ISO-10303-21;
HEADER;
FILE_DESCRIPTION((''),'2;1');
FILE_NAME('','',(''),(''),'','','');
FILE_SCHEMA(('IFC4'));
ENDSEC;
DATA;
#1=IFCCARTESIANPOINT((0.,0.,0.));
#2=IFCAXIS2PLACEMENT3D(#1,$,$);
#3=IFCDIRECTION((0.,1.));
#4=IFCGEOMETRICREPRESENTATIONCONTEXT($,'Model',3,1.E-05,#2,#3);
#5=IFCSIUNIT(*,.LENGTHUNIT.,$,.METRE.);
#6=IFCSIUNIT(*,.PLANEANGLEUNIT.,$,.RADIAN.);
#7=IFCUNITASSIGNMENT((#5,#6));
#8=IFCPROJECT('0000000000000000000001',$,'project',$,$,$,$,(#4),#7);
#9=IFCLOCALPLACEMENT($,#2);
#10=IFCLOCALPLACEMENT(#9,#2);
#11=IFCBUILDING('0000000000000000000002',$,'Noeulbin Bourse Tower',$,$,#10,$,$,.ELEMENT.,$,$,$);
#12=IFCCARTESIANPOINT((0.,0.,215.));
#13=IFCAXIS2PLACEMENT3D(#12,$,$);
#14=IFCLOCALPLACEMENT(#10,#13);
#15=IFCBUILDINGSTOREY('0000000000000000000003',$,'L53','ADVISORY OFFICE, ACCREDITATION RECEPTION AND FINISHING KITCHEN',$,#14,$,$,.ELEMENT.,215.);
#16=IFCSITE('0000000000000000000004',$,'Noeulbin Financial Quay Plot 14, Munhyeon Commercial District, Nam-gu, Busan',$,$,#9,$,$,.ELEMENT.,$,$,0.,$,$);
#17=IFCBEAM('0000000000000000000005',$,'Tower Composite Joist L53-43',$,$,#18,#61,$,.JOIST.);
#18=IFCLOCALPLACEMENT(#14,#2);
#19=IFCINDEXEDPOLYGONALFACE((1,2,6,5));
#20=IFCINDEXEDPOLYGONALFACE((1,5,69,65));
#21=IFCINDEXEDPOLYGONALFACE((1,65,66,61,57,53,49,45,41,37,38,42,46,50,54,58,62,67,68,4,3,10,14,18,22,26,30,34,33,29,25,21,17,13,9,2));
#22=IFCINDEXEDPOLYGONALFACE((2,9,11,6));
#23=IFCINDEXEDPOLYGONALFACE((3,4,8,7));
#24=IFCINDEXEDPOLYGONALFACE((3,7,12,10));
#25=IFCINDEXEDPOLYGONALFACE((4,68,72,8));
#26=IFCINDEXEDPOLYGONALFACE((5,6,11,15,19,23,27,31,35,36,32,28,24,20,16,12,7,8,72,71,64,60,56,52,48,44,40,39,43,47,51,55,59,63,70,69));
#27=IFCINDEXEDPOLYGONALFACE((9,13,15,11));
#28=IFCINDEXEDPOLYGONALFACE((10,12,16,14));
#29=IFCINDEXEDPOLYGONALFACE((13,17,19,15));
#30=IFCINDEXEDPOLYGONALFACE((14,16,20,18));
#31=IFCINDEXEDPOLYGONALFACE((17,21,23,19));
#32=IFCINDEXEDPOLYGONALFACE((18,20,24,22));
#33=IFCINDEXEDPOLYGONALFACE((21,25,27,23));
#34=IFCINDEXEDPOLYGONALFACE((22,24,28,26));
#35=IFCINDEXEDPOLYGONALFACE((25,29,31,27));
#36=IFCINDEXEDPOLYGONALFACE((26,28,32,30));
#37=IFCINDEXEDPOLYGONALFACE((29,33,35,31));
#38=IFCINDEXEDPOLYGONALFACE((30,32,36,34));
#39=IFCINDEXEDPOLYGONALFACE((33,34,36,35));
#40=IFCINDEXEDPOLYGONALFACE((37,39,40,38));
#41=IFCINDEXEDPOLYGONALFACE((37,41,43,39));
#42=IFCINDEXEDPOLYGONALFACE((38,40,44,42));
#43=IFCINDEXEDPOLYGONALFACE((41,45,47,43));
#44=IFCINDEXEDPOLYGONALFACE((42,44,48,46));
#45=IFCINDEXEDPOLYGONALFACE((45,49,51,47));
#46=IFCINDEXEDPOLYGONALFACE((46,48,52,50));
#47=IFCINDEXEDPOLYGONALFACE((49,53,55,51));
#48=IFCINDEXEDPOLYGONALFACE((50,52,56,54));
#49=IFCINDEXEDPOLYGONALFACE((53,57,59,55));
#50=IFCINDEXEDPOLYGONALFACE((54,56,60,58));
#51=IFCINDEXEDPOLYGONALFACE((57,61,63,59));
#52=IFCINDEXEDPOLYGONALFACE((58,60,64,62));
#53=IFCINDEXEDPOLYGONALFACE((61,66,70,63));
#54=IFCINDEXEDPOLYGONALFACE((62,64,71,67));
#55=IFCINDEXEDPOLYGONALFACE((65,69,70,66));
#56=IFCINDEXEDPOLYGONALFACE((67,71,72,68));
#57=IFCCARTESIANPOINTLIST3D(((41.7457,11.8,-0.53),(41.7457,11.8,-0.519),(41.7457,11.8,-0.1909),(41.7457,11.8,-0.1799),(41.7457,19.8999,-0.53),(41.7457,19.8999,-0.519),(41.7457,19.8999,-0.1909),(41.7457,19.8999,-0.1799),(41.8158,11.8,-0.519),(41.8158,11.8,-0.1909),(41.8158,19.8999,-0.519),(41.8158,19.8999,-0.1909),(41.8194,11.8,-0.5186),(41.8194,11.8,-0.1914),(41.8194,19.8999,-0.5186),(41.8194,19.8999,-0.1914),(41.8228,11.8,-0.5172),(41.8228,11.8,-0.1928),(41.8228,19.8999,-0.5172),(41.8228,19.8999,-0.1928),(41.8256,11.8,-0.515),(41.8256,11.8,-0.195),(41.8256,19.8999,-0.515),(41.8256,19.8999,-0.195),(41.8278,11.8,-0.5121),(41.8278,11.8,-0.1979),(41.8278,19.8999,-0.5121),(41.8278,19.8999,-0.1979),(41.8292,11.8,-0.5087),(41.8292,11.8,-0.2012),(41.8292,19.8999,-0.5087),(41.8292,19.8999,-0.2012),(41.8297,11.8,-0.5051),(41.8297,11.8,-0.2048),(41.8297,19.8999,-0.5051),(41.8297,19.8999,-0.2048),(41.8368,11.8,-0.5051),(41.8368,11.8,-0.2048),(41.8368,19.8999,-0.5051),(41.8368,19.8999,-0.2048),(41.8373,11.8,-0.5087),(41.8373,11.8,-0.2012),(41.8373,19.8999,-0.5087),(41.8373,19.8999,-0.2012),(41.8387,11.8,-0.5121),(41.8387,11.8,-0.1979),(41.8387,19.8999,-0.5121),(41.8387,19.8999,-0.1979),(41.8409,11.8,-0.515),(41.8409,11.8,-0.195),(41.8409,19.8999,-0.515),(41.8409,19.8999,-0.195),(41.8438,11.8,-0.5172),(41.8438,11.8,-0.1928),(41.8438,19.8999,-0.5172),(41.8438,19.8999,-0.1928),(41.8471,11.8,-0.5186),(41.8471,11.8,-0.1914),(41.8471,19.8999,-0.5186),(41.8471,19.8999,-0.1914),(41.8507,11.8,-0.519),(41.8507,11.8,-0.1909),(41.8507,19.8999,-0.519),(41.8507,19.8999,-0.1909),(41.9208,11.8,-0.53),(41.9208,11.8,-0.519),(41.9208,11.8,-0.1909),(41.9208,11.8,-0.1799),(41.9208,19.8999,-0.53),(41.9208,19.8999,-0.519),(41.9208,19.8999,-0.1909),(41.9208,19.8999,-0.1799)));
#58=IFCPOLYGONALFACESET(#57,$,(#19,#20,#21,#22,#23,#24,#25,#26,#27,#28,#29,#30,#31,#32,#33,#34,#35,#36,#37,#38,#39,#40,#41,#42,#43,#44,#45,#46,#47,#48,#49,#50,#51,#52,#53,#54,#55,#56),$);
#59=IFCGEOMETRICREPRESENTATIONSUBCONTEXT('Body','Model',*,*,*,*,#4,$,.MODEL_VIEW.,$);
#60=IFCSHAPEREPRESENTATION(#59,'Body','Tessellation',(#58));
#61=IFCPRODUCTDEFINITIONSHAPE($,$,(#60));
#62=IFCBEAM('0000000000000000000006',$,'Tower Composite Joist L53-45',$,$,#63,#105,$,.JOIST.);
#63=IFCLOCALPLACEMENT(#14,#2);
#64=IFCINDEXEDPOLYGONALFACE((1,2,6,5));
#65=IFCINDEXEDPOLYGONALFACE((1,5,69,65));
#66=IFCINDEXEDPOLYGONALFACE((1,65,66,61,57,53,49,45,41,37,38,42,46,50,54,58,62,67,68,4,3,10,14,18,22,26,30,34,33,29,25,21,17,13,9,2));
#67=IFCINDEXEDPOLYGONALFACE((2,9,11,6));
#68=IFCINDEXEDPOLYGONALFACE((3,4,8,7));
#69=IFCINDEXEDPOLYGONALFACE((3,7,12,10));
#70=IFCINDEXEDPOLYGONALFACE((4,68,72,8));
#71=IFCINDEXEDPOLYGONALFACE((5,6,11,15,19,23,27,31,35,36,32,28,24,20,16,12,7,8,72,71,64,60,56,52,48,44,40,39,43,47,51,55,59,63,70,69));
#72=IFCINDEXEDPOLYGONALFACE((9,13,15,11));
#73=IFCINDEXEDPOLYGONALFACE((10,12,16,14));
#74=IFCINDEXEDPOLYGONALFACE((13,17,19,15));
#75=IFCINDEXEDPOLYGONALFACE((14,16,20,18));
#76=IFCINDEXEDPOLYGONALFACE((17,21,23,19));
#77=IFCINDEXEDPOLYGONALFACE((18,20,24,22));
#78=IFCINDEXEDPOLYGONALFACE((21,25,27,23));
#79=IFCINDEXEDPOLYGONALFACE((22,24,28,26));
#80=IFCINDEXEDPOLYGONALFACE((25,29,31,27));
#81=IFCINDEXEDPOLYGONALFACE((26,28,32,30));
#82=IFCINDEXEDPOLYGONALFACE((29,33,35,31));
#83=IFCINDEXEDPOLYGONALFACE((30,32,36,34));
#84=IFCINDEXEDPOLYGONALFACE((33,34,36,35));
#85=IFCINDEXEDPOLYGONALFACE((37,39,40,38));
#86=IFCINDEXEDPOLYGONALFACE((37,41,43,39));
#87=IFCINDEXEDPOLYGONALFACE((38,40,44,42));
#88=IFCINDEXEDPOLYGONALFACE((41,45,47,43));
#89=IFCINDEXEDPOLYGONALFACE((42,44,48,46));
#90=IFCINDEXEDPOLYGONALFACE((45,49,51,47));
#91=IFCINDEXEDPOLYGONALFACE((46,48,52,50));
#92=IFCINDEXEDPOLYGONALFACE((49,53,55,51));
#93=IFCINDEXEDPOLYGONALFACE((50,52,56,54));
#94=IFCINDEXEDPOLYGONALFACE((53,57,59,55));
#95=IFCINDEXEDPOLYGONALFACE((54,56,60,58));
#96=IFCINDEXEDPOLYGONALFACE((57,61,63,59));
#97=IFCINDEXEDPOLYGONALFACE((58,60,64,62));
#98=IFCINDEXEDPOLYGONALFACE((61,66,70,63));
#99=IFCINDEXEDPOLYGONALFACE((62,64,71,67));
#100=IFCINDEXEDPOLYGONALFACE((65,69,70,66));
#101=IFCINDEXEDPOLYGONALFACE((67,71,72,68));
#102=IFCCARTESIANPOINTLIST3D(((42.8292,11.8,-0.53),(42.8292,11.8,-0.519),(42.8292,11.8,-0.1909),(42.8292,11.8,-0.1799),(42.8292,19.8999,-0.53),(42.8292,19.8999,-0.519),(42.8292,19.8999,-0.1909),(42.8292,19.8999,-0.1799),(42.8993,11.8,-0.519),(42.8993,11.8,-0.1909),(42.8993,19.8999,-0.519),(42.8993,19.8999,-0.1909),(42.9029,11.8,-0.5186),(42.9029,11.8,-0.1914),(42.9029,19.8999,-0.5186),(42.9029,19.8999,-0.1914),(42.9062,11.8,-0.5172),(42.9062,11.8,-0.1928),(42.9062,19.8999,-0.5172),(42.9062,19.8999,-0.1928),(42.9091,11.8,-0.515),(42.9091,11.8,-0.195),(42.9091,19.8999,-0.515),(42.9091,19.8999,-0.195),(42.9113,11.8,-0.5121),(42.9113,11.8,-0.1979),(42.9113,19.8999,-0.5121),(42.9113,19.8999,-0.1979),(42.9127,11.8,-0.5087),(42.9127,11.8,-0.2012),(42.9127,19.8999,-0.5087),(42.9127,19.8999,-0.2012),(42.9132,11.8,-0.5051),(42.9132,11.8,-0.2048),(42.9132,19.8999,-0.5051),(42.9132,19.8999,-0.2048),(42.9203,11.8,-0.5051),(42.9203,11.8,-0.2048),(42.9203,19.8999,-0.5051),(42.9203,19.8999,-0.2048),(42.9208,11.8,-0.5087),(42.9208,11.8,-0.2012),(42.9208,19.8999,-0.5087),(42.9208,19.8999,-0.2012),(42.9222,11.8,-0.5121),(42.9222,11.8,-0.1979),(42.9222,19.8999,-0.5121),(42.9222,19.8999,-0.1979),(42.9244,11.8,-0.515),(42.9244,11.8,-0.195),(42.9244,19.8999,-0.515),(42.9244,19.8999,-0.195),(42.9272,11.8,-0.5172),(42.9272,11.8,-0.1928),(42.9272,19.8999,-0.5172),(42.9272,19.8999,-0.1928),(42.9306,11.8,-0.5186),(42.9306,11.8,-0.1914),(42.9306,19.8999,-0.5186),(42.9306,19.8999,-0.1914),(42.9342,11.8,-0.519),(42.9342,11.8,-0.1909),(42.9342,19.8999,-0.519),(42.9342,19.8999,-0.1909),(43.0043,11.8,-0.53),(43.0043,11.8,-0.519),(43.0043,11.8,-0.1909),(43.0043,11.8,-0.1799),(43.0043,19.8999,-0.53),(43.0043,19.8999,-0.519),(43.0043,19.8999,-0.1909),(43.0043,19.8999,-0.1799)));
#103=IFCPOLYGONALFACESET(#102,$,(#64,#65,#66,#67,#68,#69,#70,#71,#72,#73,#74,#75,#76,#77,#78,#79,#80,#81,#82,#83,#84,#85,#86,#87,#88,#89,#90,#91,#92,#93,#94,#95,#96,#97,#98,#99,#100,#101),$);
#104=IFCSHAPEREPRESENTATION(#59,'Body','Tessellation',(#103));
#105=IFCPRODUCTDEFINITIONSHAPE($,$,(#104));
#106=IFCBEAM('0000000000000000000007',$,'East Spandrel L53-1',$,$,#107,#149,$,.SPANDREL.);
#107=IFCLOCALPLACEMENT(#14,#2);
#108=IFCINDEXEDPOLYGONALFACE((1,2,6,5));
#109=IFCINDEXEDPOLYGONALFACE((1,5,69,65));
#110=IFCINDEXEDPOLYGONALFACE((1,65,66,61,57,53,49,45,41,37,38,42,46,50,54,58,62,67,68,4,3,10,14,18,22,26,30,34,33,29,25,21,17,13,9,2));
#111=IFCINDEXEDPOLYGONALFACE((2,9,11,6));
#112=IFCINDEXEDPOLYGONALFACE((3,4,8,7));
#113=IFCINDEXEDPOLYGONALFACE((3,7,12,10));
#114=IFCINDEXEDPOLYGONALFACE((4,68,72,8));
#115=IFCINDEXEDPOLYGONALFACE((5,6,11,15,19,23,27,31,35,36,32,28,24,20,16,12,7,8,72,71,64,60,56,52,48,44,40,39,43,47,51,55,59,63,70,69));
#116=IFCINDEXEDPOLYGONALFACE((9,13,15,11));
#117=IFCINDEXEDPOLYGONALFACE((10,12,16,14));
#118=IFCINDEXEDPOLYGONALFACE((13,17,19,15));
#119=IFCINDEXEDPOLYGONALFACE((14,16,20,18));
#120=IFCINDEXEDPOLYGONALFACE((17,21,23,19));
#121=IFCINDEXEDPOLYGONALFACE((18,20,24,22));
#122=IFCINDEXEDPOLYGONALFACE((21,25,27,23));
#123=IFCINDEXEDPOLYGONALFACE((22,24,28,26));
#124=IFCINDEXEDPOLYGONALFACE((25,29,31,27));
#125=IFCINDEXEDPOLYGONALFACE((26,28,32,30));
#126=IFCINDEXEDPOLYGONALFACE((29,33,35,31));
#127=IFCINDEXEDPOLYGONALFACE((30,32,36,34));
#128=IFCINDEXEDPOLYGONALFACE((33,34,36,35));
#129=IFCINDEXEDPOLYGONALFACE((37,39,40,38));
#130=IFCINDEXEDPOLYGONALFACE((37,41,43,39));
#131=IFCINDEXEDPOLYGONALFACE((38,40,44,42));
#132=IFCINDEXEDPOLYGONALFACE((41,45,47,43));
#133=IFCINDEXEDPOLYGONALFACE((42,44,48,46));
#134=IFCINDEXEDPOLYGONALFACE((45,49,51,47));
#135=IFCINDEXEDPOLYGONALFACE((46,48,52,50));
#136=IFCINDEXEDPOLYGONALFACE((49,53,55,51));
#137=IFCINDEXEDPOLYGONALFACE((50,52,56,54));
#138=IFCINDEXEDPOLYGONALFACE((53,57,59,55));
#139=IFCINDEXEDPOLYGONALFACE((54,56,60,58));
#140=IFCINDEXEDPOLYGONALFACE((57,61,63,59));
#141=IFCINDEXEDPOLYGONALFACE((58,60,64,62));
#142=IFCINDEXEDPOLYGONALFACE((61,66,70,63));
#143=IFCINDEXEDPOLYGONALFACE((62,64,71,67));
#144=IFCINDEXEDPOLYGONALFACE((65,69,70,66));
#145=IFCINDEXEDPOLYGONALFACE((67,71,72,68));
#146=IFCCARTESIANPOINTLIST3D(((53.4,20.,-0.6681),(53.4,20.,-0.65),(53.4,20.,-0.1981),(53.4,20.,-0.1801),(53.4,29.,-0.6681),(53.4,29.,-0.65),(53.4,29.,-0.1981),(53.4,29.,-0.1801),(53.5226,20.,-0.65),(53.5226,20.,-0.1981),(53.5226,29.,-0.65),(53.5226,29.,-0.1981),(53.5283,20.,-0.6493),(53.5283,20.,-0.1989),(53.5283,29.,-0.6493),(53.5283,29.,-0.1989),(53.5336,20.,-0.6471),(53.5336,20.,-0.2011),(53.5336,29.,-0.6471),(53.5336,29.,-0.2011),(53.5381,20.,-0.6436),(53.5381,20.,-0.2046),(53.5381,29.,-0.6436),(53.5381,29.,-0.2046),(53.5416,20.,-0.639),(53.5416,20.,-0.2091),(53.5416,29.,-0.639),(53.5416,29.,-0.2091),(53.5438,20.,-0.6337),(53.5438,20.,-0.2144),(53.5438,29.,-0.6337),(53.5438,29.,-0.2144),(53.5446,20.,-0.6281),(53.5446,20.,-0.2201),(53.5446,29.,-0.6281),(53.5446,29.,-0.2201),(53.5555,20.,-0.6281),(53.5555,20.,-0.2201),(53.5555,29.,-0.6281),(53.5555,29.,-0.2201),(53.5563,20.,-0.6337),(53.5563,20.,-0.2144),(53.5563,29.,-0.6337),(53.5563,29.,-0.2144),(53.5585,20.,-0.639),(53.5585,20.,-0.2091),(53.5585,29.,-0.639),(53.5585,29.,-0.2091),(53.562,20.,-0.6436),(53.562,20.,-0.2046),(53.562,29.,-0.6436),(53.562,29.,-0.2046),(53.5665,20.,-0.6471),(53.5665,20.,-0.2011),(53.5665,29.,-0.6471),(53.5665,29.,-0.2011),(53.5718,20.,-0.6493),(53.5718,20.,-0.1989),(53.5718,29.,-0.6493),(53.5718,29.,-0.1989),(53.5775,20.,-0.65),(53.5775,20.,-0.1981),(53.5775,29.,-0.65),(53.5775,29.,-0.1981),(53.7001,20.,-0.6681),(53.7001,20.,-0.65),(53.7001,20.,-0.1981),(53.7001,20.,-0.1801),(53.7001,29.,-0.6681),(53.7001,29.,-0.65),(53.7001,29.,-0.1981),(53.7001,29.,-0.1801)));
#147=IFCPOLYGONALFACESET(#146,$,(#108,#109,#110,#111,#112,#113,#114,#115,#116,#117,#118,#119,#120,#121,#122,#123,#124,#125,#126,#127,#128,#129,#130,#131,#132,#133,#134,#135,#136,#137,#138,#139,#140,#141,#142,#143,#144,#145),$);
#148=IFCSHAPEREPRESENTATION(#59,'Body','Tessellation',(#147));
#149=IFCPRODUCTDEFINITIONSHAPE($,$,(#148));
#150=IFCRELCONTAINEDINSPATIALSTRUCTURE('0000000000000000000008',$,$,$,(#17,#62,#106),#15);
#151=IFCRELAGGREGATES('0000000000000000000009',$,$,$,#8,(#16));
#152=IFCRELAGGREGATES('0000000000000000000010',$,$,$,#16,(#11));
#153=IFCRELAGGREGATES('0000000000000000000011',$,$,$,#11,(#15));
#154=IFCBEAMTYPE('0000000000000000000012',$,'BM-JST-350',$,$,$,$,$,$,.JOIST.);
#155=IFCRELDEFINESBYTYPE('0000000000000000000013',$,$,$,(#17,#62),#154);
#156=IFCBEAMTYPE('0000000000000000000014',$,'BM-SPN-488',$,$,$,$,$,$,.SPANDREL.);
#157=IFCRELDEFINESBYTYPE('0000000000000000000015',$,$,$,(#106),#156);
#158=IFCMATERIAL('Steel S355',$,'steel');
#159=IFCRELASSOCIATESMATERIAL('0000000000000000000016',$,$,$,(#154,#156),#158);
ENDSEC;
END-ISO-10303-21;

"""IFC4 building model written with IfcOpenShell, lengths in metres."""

from ifc_helpers import new_model, si_unit, direction, frame, origin, origin_2d, place, context, subcontext, project, spatial, i_section, extrude, material, material_profile, profile_set, type_object, element, save


model = new_model("IFC4")

# Units and contexts
model_context = context("Model", 3, precision=1e-05, world=origin(), true_north=direction((0.0, 1.0)))
body_context = subcontext(model_context, "Body", "Model", "MODEL_VIEW")
ifc_project = project(units=[si_unit("LENGTHUNIT", "METRE"), si_unit("PLANEANGLEUNIT", "RADIAN")], contexts=[model_context])

# Site, building, storey
site_placement = place(None, origin())
site = spatial("IfcSite", under=ifc_project, at=site_placement, Name="Noeulbin Financial Quay Plot 14, Munhyeon Commercial District, Nam-gu, Busan", CompositionType="ELEMENT", RefElevation=0.0)
building_placement = place(site_placement, origin())
building = spatial("IfcBuilding", under=site, at=building_placement, Name="Noeulbin Bourse Tower", CompositionType="ELEMENT")
storey_placement = place(building_placement, frame((0.0, 0.0, 215.0)))
storey = spatial("IfcBuildingStorey", under=building, at=storey_placement, Name="L53", Description="ADVISORY OFFICE, ACCREDITATION RECEPTION AND FINISHING KITCHEN", CompositionType="ELEMENT", Elevation=215.0)

# Shared definitions
ifc_material_1 = material(Name="Steel S355", Category="steel")

# Beams
ifc_material_profile_1 = material_profile(ifc_material_1, i_section(OverallWidth=0.175, OverallDepth=0.3501, WebThickness=0.0071, FlangeThickness=0.011, FilletRadius=0.0139, at=origin_2d()), Name="H-350x175x7x11", Category="LoadBearing")
ifc_profile_set_1 = profile_set([ifc_material_profile_1], Name="Steel S355")
beam_type_1 = type_object("IfcBeamType", Name="BM-JST-350", PredefinedType="JOIST", material=ifc_profile_set_1)
for number, where, z_axis, x_axis, name in (
    (1, (41.8333, 11.8, -0.355), (0.0, 1.0, 0.0), (-1.0, 0.0, 0.0), "Tower Composite Joist L53-43"),
    (2, (42.9167, 11.8, -0.355), (0.0, 1.0, 0.0), (-1.0, 0.0, 0.0), "Tower Composite Joist L53-45"),
):
    element("IfcBeam", number, at=place(storey_placement, frame(where, z_axis=z_axis, x_axis=x_axis)), inside=storey, type_object=beam_type_1, Name=name, PredefinedType="JOIST", context=body_context, shape_type="SweptSolid", body=[
        extrude(i_section(OverallWidth=0.175, OverallDepth=0.3501, WebThickness=0.0071, FlangeThickness=0.011, FilletRadius=0.0139, at=origin_2d()), origin(), (0.0, 0.0, 1.0), 8.0999),
    ])
ifc_material_profile_2 = material_profile(ifc_material_1, i_section(OverallWidth=0.3, OverallDepth=0.488, WebThickness=0.011, FlangeThickness=0.0181, FilletRadius=0.022, at=origin_2d()), Name="H-488x300x11x18", Category="LoadBearing")
ifc_profile_set_2 = profile_set([ifc_material_profile_2], Name="Steel S355")
beam_type_2 = type_object("IfcBeamType", Name="BM-SPN-488", PredefinedType="SPANDREL", material=ifc_profile_set_2)
beam_1_placement = place(storey_placement, frame((53.55, 20.0, -0.4241), z_axis=(0.0, 1.0, 0.0), x_axis=(-1.0, 0.0, 0.0)))
element("IfcBeam", 3, at=beam_1_placement, inside=storey, type_object=beam_type_2, Name="East Spandrel L53-1", PredefinedType="SPANDREL", context=body_context, shape_type="SweptSolid", body=[
    extrude(i_section(OverallWidth=0.3, OverallDepth=0.488, WebThickness=0.011, FlangeThickness=0.0181, FilletRadius=0.022, at=origin_2d()), origin(), (0.0, 0.0, 1.0), 9.0),
])

save(model, "model.ifc")
